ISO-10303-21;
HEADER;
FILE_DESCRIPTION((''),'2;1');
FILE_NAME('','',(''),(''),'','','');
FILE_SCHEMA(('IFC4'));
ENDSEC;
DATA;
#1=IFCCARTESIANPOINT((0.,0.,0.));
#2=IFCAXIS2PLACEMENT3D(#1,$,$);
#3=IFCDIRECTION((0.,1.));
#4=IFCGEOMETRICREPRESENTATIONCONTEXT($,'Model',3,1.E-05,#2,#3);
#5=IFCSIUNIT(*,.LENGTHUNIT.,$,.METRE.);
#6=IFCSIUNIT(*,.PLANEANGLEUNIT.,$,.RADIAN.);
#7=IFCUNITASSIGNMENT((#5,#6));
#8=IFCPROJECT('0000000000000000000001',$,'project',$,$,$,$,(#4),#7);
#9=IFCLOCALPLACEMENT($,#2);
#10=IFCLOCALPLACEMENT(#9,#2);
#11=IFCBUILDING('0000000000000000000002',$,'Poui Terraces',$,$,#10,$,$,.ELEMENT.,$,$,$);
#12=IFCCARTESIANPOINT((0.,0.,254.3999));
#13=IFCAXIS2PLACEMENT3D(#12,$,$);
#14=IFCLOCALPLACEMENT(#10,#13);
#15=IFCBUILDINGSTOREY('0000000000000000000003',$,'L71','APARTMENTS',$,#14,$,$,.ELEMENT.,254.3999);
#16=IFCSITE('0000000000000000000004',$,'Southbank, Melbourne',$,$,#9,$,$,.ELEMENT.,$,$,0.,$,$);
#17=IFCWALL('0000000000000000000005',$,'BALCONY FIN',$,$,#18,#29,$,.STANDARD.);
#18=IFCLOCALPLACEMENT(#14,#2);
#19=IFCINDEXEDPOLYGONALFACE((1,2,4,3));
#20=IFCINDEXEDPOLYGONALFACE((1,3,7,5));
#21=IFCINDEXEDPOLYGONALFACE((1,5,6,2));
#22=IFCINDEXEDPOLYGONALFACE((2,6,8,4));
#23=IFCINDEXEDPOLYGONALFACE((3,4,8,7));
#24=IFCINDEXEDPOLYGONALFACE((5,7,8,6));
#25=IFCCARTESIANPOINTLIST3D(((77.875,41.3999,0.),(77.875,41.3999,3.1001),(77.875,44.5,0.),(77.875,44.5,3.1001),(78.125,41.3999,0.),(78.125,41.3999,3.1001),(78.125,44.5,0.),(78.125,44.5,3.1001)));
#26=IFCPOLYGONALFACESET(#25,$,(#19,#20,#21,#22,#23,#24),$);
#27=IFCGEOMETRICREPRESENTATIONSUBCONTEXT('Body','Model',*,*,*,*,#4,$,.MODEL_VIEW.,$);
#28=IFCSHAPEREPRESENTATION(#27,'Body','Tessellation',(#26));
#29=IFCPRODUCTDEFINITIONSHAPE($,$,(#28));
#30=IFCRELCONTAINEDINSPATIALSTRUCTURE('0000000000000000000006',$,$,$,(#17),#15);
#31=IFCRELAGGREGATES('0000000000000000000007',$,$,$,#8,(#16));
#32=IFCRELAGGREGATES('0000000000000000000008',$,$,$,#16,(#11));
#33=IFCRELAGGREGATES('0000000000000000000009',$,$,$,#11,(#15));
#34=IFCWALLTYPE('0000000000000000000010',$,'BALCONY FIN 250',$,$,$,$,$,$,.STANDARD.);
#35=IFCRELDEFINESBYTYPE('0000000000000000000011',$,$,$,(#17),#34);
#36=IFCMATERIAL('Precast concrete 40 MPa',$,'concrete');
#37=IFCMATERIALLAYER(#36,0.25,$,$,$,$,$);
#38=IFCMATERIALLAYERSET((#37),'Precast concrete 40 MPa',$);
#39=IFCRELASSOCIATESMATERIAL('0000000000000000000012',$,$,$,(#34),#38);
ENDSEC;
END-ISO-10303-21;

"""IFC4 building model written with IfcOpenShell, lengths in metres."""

from ifc_helpers import new_model, si_unit, direction, frame, origin, place, context, subcontext, project, spatial, polyline, outline, extrude, source, transform, mapped, material, layer, layer_set, type_object, element, save


model = new_model("IFC4")

# Units and contexts
model_context = context("Model", 3, precision=1e-05, world=origin(), true_north=direction((0.0, 1.0)))
body_context = subcontext(model_context, "Body", "Model", "MODEL_VIEW")
ifc_project = project(units=[si_unit("LENGTHUNIT", "METRE"), si_unit("PLANEANGLEUNIT", "RADIAN")], contexts=[model_context])

# Site, building, storey
site_placement = place(None, origin())
site = spatial("IfcSite", under=ifc_project, at=site_placement, Name="Southbank, Melbourne", CompositionType="ELEMENT", RefElevation=0.0)
building_placement = place(site_placement, origin())
building = spatial("IfcBuilding", under=site, at=building_placement, Name="Poui Terraces", CompositionType="ELEMENT")
storey_placement = place(building_placement, frame((0.0, 0.0, 254.3999)))
storey = spatial("IfcBuildingStorey", under=building, at=storey_placement, Name="L71", Description="APARTMENTS", CompositionType="ELEMENT", Elevation=254.3999)

# Shared definitions
ifc_material_1 = material(Name="Precast concrete 40 MPa", Category="concrete")

# Wall
ifc_layer_1 = layer(ifc_material_1, 0.25)
ifc_layer_set_1 = layer_set([ifc_layer_1], Name="Precast concrete 40 MPa")
wall_type_1 = type_object("IfcWallType", Name="BALCONY FIN 250", PredefinedType="STANDARD", material=ifc_layer_set_1)
shared_shape_1 = source(origin(), body_context, "Body", "SweptSolid", [
    extrude(outline(polyline([(0.0, 0.0), (0.25, 0.0), (0.25, 3.1001), (0.0, 3.1001), (0.0, 0.0)])), origin(), (0.0, 0.0, 1.0), 3.1001),
])
wall_1_placement = place(storey_placement, frame((77.875, 41.3999, 0.0)))
element("IfcWall", 1, at=wall_1_placement, inside=storey, type_object=wall_type_1, Name="BALCONY FIN", PredefinedType="STANDARD", context=body_context, shape_type="MappedRepresentation", body=[
    mapped(shared_shape_1, transform((0.0, 0.0, 0.0))),
])

save(model, "model.ifc")
